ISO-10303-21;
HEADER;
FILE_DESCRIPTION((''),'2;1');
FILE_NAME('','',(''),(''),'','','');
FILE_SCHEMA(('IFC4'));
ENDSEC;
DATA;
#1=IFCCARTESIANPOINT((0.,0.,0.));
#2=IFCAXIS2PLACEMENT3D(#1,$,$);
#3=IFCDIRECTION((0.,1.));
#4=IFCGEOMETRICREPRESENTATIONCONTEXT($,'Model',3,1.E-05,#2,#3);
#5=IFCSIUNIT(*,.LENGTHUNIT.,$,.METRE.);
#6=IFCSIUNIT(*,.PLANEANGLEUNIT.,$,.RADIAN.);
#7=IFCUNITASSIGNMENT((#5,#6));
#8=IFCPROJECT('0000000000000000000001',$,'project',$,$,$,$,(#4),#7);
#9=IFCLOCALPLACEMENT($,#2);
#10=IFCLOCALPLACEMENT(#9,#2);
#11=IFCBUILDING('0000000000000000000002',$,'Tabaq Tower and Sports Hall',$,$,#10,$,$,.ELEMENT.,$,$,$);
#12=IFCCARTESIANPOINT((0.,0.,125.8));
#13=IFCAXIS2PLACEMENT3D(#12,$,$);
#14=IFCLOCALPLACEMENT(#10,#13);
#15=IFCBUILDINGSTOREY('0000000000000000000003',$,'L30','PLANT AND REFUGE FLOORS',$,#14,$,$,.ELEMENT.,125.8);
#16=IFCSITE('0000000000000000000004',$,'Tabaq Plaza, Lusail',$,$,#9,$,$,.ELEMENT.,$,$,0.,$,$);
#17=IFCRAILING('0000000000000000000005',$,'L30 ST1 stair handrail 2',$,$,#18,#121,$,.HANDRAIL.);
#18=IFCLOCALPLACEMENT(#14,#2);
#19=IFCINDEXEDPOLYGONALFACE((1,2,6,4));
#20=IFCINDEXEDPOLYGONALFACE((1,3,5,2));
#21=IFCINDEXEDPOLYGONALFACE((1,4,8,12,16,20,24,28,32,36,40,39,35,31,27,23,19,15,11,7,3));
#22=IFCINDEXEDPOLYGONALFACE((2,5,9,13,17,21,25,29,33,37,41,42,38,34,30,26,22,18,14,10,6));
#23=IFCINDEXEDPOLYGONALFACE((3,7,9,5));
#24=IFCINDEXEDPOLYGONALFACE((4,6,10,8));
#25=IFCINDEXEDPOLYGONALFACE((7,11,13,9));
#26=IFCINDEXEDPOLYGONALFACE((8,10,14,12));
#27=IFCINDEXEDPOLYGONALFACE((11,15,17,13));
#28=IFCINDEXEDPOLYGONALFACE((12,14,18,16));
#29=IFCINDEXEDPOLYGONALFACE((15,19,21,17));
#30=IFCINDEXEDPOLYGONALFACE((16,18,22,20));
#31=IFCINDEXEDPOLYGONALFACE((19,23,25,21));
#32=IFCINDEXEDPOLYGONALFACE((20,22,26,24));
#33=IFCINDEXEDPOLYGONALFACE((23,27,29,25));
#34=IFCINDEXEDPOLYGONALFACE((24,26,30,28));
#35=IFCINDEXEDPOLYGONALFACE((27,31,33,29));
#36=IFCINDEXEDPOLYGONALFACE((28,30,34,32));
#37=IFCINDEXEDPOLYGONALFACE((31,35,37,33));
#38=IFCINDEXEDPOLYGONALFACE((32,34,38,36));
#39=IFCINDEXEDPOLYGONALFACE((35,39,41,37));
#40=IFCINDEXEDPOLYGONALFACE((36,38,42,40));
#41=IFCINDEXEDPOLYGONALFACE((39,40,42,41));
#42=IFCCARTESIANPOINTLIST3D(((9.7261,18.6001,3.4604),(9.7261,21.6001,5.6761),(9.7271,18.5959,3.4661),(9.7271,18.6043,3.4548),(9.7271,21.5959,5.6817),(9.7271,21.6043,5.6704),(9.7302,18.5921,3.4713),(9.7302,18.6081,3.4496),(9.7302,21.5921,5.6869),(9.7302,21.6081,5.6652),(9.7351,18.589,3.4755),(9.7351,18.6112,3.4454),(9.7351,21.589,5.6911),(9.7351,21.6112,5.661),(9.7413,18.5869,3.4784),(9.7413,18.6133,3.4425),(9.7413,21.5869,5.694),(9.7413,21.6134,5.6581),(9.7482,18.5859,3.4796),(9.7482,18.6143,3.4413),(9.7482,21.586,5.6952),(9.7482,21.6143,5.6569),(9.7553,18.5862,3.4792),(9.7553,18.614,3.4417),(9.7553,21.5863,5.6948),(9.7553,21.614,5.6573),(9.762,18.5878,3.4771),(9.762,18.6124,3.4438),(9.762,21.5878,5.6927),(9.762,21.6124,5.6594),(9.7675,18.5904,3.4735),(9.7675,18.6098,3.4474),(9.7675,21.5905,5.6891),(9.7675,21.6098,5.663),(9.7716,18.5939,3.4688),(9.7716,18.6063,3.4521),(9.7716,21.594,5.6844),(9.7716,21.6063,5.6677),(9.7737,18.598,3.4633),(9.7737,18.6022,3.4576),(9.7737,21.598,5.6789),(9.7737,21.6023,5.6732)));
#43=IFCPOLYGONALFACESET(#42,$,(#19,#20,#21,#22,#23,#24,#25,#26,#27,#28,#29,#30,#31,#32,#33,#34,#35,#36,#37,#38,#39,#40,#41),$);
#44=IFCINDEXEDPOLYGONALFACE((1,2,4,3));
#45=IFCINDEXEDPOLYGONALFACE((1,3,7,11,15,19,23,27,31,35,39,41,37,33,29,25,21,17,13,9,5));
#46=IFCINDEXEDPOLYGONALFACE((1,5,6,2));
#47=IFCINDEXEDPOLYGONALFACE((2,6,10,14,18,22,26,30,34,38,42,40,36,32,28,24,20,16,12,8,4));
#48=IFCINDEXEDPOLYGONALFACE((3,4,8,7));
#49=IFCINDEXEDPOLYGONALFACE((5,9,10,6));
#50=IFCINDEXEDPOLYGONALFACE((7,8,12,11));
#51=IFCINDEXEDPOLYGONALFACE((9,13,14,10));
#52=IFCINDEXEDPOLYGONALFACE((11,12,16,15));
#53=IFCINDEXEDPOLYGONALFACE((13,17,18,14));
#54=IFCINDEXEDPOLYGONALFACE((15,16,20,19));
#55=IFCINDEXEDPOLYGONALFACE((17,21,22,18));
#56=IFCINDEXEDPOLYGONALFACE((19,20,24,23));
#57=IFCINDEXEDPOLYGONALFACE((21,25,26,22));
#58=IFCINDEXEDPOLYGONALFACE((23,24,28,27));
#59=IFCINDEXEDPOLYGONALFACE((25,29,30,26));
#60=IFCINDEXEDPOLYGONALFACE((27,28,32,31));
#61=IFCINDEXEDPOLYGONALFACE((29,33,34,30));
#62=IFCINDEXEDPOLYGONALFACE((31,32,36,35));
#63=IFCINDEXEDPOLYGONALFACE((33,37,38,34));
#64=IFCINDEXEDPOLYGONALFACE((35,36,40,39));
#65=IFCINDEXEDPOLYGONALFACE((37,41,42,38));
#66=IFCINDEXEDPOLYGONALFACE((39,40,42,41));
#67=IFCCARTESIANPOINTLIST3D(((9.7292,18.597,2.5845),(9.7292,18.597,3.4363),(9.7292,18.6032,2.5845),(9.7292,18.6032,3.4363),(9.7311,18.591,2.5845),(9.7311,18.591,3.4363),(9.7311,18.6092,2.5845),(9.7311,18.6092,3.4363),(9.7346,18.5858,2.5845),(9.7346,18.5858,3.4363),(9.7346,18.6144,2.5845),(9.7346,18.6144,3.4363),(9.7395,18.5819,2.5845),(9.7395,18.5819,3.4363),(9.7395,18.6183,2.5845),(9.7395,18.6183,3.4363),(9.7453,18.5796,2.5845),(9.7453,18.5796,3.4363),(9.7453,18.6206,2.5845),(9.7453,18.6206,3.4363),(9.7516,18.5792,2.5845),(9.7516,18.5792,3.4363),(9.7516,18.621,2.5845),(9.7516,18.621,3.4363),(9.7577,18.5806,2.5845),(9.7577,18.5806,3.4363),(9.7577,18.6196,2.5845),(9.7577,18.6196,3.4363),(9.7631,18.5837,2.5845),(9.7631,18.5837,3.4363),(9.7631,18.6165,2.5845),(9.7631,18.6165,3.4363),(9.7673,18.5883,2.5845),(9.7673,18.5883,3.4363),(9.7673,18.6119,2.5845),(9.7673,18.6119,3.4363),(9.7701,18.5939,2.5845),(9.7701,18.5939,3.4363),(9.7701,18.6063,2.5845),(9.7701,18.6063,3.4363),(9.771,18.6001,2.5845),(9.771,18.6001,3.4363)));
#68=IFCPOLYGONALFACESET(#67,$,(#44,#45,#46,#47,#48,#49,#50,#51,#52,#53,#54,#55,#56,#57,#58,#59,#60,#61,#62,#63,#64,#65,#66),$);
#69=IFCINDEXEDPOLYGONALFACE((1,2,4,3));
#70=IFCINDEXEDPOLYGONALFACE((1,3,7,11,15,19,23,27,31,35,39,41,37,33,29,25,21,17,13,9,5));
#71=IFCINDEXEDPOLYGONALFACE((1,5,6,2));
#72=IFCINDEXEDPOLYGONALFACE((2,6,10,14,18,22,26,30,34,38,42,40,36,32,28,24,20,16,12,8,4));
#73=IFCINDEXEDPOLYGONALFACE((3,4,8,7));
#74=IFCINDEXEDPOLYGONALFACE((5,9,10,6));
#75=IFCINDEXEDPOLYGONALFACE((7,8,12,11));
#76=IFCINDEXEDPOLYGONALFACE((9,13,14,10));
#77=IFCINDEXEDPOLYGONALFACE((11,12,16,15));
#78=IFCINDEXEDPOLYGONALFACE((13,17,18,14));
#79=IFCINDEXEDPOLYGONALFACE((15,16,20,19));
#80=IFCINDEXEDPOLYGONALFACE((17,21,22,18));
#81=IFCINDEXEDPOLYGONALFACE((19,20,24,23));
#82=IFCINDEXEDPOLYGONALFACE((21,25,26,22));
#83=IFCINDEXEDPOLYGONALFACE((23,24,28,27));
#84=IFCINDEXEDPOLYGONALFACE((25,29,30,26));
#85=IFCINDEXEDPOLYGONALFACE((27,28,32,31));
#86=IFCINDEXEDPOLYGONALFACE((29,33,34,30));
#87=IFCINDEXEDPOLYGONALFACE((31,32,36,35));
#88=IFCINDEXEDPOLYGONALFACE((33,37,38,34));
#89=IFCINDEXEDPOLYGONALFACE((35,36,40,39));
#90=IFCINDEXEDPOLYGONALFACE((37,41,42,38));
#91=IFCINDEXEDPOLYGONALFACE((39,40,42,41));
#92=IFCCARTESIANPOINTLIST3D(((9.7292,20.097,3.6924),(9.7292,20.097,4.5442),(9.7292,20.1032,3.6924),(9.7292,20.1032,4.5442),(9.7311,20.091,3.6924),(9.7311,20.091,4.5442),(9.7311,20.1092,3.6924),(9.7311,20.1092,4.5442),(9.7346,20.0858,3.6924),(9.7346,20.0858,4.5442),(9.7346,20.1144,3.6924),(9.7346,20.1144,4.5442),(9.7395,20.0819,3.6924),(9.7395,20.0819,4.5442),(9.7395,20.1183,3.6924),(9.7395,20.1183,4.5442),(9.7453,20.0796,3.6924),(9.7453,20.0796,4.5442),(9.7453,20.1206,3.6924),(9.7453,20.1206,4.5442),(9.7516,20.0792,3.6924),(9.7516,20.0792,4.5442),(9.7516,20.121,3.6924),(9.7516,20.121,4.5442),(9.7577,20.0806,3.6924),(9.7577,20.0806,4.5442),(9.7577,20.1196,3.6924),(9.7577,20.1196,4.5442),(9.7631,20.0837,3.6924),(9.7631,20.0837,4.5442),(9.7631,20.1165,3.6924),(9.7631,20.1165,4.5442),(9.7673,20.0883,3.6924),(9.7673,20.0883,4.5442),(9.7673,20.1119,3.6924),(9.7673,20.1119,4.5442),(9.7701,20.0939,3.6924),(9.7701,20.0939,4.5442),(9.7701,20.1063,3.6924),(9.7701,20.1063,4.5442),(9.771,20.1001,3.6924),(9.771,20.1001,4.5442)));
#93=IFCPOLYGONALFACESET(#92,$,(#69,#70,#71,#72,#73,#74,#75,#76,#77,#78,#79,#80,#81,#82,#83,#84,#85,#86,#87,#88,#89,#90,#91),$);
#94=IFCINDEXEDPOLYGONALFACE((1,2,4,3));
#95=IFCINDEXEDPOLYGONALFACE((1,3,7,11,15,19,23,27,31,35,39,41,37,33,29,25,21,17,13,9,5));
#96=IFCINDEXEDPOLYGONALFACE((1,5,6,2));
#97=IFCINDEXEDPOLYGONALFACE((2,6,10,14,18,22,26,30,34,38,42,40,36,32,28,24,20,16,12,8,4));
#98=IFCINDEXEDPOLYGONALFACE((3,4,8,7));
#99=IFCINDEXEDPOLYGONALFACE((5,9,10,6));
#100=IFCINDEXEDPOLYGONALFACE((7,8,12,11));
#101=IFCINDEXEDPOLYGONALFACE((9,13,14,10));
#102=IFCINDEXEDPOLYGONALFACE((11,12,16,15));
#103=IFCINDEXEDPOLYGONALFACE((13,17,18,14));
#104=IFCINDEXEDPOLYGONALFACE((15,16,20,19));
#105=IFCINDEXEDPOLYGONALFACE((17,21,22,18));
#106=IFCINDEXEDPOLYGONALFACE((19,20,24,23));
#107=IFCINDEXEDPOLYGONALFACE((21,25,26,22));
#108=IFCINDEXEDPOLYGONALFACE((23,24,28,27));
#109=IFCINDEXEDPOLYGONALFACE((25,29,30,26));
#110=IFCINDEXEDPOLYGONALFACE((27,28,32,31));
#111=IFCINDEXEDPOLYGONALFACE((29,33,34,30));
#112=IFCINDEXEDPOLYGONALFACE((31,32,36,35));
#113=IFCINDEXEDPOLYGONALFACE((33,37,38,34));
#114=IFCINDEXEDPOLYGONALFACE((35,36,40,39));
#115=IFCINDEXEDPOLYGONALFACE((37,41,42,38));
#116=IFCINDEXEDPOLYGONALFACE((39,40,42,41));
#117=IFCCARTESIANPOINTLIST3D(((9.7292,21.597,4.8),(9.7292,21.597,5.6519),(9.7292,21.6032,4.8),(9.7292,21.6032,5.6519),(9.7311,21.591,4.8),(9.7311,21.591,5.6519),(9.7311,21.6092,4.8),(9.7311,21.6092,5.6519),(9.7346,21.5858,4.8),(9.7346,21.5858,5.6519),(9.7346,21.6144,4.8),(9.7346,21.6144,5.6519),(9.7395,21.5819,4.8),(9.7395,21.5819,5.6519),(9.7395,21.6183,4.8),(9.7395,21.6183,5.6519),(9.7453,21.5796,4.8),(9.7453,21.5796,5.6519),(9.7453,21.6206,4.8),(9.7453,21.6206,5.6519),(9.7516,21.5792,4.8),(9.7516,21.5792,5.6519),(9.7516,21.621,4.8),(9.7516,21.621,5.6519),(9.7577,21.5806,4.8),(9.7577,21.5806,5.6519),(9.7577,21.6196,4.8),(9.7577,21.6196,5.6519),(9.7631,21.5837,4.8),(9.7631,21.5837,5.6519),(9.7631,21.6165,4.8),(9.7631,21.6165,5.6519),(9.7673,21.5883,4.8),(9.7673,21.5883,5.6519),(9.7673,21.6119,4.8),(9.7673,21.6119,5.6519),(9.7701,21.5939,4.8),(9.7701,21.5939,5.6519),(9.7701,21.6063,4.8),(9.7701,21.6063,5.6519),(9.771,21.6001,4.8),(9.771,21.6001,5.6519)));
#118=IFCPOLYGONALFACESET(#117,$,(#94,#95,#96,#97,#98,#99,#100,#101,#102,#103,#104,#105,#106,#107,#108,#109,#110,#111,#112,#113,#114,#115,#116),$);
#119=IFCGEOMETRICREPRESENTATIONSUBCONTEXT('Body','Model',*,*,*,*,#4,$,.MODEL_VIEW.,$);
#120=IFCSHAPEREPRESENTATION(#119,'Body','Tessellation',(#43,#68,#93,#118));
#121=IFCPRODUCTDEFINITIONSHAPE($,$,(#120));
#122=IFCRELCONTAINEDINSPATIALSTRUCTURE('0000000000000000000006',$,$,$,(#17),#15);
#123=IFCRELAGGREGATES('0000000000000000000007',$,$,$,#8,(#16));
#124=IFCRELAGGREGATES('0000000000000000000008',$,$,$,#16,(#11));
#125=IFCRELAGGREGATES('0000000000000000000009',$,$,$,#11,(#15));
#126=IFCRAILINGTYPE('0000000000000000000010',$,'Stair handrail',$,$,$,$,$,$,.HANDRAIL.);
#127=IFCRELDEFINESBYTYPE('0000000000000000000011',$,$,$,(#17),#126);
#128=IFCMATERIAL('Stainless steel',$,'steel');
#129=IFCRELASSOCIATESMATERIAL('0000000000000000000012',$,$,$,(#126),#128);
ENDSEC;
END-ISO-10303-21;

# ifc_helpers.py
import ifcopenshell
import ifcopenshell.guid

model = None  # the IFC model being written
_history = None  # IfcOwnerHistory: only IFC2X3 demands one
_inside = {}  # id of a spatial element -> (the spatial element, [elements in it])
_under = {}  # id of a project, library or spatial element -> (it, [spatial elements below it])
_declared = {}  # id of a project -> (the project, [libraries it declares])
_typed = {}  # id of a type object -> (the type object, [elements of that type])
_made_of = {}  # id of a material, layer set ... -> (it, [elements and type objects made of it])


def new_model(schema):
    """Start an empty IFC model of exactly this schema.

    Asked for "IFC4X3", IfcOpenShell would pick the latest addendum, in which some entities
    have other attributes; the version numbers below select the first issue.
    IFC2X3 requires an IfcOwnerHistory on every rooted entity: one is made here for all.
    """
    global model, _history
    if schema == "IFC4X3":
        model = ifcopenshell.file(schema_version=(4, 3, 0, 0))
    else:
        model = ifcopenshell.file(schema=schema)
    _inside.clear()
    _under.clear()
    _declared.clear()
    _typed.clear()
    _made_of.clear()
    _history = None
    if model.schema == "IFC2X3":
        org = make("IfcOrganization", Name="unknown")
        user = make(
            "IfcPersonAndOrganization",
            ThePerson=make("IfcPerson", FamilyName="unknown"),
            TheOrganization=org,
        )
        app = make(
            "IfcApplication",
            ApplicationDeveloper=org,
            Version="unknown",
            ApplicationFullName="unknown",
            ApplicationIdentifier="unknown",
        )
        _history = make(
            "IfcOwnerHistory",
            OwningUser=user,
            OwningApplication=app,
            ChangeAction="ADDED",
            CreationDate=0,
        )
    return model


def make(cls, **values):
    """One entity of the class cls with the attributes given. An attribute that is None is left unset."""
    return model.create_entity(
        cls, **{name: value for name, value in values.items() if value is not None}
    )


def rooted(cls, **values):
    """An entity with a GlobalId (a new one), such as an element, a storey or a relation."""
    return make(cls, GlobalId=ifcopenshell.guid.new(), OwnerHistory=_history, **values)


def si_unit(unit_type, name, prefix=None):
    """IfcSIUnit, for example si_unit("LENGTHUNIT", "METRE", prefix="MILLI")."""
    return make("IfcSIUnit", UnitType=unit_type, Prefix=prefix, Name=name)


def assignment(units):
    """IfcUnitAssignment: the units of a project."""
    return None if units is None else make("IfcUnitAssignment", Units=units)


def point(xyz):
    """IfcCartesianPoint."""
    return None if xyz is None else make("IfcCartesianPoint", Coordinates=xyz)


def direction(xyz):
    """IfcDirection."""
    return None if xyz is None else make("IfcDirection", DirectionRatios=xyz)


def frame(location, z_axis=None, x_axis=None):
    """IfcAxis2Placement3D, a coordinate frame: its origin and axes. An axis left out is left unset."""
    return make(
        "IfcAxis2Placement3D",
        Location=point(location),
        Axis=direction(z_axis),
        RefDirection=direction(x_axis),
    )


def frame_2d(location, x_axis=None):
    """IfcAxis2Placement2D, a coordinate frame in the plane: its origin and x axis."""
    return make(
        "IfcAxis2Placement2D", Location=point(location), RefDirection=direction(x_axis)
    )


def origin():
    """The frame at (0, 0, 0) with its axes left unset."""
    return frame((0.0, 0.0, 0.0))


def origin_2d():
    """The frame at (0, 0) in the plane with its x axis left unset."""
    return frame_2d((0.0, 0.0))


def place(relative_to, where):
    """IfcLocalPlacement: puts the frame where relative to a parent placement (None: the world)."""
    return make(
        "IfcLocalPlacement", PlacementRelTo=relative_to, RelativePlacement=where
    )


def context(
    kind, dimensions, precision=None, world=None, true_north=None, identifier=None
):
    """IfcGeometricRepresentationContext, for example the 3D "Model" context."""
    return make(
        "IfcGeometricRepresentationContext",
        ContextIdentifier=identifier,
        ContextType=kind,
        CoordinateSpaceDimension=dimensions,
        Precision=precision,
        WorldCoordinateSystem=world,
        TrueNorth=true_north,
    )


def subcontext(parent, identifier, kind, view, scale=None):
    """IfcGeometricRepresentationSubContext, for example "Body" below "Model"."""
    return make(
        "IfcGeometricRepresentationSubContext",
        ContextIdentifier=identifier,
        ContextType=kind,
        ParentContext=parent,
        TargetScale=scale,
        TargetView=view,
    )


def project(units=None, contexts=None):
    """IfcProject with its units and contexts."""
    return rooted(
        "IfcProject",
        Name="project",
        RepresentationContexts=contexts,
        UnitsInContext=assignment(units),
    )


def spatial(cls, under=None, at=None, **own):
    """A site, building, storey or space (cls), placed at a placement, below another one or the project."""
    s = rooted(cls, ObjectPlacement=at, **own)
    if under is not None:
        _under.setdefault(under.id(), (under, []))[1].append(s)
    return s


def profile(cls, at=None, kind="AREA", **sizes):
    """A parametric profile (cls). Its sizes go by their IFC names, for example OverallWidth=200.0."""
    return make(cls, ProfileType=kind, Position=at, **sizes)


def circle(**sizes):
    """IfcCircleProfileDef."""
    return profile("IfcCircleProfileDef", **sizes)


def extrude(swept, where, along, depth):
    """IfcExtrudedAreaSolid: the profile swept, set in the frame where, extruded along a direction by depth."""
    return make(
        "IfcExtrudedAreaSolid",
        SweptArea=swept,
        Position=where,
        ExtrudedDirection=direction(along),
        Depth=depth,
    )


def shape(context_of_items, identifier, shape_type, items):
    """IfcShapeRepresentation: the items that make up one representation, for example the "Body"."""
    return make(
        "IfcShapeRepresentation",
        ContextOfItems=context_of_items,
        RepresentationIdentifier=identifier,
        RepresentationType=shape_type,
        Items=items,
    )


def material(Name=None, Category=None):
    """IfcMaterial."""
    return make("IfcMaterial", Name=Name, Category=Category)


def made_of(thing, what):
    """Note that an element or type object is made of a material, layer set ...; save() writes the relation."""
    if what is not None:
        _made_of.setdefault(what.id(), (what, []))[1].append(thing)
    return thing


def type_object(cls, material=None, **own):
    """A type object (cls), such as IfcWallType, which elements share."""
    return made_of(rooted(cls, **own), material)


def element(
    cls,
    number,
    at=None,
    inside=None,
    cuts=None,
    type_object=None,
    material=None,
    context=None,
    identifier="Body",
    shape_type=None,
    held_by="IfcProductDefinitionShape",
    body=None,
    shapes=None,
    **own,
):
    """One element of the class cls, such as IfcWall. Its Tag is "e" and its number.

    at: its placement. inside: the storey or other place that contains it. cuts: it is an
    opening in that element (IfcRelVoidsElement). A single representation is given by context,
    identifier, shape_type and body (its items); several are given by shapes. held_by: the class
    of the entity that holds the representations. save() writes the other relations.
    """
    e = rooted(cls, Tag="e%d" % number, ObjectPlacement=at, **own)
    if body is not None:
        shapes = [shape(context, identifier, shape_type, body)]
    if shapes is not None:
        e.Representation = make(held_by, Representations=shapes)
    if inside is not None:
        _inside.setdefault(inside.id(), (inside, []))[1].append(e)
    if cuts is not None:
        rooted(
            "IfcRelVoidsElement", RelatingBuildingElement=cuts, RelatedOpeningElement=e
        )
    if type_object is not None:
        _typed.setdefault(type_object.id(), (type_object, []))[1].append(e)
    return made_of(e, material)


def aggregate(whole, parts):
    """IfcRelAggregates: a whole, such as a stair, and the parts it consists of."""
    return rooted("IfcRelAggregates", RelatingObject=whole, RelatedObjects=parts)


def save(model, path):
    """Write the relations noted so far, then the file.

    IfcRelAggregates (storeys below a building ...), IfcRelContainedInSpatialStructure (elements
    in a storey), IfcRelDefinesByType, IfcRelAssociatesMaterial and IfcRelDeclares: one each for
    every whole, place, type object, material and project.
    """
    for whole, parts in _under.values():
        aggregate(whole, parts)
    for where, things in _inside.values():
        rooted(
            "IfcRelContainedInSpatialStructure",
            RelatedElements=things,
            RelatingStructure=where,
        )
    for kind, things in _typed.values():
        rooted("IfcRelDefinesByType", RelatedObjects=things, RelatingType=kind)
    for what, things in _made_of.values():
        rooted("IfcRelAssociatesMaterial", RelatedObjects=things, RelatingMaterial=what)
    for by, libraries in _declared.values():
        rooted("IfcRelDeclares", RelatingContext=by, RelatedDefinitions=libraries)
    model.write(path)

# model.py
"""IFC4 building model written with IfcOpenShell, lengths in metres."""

from ifc_helpers import new_model, si_unit, direction, frame, origin, origin_2d, place, context, subcontext, project, spatial, circle, extrude, material, type_object, element, save


model = new_model("IFC4")

# Units and contexts
model_context = context("Model", 3, precision=1e-05, world=origin(), true_north=direction((0.0, 1.0)))
body_context = subcontext(model_context, "Body", "Model", "MODEL_VIEW")
ifc_project = project(units=[si_unit("LENGTHUNIT", "METRE"), si_unit("PLANEANGLEUNIT", "RADIAN")], contexts=[model_context])

# Site, building, storey
site_placement = place(None, origin())
site = spatial("IfcSite", under=ifc_project, at=site_placement, Name="Tabaq Plaza, Lusail", CompositionType="ELEMENT", RefElevation=0.0)
building_placement = place(site_placement, origin())
building = spatial("IfcBuilding", under=site, at=building_placement, Name="Tabaq Tower and Sports Hall", CompositionType="ELEMENT")
storey_placement = place(building_placement, frame((0.0, 0.0, 125.8)))
storey = spatial("IfcBuildingStorey", under=building, at=storey_placement, Name="L30", Description="PLANT AND REFUGE FLOORS", CompositionType="ELEMENT", Elevation=125.8)

# Railing
ifc_material_1 = material(Name="Stainless steel", Category="steel")
railing_type_1 = type_object("IfcRailingType", Name="Stair handrail", PredefinedType="HANDRAIL", material=ifc_material_1)
railing_1_placement = place(storey_placement, frame((9.75, 18.6001, 2.5845)))
element("IfcRailing", 1, at=railing_1_placement, inside=storey, type_object=railing_type_1, Name="L30 ST1 stair handrail 2", PredefinedType="HANDRAIL", context=body_context, shape_type="SweptSolid", body=[
    extrude(circle(Radius=0.0239, at=origin_2d()), frame((0.0, 0.0, 0.876), z_axis=(0.0, 0.804409, 0.594076), x_axis=(-1.0, 0.0, 0.0)), (0.0, 0.0, 1.0), 3.7295),
    extrude(circle(Radius=0.021, at=origin_2d()), origin(), (0.0, 0.0, 1.0), 0.8518),
    extrude(circle(Radius=0.021, at=origin_2d()), frame((0.0, 1.5, 1.1079)), (0.0, 0.0, 1.0), 0.8518),
    extrude(circle(Radius=0.021, at=origin_2d()), frame((0.0, 3.0, 2.2156)), (0.0, 0.0, 1.0), 0.8518),
])

save(model, "model.ifc")
